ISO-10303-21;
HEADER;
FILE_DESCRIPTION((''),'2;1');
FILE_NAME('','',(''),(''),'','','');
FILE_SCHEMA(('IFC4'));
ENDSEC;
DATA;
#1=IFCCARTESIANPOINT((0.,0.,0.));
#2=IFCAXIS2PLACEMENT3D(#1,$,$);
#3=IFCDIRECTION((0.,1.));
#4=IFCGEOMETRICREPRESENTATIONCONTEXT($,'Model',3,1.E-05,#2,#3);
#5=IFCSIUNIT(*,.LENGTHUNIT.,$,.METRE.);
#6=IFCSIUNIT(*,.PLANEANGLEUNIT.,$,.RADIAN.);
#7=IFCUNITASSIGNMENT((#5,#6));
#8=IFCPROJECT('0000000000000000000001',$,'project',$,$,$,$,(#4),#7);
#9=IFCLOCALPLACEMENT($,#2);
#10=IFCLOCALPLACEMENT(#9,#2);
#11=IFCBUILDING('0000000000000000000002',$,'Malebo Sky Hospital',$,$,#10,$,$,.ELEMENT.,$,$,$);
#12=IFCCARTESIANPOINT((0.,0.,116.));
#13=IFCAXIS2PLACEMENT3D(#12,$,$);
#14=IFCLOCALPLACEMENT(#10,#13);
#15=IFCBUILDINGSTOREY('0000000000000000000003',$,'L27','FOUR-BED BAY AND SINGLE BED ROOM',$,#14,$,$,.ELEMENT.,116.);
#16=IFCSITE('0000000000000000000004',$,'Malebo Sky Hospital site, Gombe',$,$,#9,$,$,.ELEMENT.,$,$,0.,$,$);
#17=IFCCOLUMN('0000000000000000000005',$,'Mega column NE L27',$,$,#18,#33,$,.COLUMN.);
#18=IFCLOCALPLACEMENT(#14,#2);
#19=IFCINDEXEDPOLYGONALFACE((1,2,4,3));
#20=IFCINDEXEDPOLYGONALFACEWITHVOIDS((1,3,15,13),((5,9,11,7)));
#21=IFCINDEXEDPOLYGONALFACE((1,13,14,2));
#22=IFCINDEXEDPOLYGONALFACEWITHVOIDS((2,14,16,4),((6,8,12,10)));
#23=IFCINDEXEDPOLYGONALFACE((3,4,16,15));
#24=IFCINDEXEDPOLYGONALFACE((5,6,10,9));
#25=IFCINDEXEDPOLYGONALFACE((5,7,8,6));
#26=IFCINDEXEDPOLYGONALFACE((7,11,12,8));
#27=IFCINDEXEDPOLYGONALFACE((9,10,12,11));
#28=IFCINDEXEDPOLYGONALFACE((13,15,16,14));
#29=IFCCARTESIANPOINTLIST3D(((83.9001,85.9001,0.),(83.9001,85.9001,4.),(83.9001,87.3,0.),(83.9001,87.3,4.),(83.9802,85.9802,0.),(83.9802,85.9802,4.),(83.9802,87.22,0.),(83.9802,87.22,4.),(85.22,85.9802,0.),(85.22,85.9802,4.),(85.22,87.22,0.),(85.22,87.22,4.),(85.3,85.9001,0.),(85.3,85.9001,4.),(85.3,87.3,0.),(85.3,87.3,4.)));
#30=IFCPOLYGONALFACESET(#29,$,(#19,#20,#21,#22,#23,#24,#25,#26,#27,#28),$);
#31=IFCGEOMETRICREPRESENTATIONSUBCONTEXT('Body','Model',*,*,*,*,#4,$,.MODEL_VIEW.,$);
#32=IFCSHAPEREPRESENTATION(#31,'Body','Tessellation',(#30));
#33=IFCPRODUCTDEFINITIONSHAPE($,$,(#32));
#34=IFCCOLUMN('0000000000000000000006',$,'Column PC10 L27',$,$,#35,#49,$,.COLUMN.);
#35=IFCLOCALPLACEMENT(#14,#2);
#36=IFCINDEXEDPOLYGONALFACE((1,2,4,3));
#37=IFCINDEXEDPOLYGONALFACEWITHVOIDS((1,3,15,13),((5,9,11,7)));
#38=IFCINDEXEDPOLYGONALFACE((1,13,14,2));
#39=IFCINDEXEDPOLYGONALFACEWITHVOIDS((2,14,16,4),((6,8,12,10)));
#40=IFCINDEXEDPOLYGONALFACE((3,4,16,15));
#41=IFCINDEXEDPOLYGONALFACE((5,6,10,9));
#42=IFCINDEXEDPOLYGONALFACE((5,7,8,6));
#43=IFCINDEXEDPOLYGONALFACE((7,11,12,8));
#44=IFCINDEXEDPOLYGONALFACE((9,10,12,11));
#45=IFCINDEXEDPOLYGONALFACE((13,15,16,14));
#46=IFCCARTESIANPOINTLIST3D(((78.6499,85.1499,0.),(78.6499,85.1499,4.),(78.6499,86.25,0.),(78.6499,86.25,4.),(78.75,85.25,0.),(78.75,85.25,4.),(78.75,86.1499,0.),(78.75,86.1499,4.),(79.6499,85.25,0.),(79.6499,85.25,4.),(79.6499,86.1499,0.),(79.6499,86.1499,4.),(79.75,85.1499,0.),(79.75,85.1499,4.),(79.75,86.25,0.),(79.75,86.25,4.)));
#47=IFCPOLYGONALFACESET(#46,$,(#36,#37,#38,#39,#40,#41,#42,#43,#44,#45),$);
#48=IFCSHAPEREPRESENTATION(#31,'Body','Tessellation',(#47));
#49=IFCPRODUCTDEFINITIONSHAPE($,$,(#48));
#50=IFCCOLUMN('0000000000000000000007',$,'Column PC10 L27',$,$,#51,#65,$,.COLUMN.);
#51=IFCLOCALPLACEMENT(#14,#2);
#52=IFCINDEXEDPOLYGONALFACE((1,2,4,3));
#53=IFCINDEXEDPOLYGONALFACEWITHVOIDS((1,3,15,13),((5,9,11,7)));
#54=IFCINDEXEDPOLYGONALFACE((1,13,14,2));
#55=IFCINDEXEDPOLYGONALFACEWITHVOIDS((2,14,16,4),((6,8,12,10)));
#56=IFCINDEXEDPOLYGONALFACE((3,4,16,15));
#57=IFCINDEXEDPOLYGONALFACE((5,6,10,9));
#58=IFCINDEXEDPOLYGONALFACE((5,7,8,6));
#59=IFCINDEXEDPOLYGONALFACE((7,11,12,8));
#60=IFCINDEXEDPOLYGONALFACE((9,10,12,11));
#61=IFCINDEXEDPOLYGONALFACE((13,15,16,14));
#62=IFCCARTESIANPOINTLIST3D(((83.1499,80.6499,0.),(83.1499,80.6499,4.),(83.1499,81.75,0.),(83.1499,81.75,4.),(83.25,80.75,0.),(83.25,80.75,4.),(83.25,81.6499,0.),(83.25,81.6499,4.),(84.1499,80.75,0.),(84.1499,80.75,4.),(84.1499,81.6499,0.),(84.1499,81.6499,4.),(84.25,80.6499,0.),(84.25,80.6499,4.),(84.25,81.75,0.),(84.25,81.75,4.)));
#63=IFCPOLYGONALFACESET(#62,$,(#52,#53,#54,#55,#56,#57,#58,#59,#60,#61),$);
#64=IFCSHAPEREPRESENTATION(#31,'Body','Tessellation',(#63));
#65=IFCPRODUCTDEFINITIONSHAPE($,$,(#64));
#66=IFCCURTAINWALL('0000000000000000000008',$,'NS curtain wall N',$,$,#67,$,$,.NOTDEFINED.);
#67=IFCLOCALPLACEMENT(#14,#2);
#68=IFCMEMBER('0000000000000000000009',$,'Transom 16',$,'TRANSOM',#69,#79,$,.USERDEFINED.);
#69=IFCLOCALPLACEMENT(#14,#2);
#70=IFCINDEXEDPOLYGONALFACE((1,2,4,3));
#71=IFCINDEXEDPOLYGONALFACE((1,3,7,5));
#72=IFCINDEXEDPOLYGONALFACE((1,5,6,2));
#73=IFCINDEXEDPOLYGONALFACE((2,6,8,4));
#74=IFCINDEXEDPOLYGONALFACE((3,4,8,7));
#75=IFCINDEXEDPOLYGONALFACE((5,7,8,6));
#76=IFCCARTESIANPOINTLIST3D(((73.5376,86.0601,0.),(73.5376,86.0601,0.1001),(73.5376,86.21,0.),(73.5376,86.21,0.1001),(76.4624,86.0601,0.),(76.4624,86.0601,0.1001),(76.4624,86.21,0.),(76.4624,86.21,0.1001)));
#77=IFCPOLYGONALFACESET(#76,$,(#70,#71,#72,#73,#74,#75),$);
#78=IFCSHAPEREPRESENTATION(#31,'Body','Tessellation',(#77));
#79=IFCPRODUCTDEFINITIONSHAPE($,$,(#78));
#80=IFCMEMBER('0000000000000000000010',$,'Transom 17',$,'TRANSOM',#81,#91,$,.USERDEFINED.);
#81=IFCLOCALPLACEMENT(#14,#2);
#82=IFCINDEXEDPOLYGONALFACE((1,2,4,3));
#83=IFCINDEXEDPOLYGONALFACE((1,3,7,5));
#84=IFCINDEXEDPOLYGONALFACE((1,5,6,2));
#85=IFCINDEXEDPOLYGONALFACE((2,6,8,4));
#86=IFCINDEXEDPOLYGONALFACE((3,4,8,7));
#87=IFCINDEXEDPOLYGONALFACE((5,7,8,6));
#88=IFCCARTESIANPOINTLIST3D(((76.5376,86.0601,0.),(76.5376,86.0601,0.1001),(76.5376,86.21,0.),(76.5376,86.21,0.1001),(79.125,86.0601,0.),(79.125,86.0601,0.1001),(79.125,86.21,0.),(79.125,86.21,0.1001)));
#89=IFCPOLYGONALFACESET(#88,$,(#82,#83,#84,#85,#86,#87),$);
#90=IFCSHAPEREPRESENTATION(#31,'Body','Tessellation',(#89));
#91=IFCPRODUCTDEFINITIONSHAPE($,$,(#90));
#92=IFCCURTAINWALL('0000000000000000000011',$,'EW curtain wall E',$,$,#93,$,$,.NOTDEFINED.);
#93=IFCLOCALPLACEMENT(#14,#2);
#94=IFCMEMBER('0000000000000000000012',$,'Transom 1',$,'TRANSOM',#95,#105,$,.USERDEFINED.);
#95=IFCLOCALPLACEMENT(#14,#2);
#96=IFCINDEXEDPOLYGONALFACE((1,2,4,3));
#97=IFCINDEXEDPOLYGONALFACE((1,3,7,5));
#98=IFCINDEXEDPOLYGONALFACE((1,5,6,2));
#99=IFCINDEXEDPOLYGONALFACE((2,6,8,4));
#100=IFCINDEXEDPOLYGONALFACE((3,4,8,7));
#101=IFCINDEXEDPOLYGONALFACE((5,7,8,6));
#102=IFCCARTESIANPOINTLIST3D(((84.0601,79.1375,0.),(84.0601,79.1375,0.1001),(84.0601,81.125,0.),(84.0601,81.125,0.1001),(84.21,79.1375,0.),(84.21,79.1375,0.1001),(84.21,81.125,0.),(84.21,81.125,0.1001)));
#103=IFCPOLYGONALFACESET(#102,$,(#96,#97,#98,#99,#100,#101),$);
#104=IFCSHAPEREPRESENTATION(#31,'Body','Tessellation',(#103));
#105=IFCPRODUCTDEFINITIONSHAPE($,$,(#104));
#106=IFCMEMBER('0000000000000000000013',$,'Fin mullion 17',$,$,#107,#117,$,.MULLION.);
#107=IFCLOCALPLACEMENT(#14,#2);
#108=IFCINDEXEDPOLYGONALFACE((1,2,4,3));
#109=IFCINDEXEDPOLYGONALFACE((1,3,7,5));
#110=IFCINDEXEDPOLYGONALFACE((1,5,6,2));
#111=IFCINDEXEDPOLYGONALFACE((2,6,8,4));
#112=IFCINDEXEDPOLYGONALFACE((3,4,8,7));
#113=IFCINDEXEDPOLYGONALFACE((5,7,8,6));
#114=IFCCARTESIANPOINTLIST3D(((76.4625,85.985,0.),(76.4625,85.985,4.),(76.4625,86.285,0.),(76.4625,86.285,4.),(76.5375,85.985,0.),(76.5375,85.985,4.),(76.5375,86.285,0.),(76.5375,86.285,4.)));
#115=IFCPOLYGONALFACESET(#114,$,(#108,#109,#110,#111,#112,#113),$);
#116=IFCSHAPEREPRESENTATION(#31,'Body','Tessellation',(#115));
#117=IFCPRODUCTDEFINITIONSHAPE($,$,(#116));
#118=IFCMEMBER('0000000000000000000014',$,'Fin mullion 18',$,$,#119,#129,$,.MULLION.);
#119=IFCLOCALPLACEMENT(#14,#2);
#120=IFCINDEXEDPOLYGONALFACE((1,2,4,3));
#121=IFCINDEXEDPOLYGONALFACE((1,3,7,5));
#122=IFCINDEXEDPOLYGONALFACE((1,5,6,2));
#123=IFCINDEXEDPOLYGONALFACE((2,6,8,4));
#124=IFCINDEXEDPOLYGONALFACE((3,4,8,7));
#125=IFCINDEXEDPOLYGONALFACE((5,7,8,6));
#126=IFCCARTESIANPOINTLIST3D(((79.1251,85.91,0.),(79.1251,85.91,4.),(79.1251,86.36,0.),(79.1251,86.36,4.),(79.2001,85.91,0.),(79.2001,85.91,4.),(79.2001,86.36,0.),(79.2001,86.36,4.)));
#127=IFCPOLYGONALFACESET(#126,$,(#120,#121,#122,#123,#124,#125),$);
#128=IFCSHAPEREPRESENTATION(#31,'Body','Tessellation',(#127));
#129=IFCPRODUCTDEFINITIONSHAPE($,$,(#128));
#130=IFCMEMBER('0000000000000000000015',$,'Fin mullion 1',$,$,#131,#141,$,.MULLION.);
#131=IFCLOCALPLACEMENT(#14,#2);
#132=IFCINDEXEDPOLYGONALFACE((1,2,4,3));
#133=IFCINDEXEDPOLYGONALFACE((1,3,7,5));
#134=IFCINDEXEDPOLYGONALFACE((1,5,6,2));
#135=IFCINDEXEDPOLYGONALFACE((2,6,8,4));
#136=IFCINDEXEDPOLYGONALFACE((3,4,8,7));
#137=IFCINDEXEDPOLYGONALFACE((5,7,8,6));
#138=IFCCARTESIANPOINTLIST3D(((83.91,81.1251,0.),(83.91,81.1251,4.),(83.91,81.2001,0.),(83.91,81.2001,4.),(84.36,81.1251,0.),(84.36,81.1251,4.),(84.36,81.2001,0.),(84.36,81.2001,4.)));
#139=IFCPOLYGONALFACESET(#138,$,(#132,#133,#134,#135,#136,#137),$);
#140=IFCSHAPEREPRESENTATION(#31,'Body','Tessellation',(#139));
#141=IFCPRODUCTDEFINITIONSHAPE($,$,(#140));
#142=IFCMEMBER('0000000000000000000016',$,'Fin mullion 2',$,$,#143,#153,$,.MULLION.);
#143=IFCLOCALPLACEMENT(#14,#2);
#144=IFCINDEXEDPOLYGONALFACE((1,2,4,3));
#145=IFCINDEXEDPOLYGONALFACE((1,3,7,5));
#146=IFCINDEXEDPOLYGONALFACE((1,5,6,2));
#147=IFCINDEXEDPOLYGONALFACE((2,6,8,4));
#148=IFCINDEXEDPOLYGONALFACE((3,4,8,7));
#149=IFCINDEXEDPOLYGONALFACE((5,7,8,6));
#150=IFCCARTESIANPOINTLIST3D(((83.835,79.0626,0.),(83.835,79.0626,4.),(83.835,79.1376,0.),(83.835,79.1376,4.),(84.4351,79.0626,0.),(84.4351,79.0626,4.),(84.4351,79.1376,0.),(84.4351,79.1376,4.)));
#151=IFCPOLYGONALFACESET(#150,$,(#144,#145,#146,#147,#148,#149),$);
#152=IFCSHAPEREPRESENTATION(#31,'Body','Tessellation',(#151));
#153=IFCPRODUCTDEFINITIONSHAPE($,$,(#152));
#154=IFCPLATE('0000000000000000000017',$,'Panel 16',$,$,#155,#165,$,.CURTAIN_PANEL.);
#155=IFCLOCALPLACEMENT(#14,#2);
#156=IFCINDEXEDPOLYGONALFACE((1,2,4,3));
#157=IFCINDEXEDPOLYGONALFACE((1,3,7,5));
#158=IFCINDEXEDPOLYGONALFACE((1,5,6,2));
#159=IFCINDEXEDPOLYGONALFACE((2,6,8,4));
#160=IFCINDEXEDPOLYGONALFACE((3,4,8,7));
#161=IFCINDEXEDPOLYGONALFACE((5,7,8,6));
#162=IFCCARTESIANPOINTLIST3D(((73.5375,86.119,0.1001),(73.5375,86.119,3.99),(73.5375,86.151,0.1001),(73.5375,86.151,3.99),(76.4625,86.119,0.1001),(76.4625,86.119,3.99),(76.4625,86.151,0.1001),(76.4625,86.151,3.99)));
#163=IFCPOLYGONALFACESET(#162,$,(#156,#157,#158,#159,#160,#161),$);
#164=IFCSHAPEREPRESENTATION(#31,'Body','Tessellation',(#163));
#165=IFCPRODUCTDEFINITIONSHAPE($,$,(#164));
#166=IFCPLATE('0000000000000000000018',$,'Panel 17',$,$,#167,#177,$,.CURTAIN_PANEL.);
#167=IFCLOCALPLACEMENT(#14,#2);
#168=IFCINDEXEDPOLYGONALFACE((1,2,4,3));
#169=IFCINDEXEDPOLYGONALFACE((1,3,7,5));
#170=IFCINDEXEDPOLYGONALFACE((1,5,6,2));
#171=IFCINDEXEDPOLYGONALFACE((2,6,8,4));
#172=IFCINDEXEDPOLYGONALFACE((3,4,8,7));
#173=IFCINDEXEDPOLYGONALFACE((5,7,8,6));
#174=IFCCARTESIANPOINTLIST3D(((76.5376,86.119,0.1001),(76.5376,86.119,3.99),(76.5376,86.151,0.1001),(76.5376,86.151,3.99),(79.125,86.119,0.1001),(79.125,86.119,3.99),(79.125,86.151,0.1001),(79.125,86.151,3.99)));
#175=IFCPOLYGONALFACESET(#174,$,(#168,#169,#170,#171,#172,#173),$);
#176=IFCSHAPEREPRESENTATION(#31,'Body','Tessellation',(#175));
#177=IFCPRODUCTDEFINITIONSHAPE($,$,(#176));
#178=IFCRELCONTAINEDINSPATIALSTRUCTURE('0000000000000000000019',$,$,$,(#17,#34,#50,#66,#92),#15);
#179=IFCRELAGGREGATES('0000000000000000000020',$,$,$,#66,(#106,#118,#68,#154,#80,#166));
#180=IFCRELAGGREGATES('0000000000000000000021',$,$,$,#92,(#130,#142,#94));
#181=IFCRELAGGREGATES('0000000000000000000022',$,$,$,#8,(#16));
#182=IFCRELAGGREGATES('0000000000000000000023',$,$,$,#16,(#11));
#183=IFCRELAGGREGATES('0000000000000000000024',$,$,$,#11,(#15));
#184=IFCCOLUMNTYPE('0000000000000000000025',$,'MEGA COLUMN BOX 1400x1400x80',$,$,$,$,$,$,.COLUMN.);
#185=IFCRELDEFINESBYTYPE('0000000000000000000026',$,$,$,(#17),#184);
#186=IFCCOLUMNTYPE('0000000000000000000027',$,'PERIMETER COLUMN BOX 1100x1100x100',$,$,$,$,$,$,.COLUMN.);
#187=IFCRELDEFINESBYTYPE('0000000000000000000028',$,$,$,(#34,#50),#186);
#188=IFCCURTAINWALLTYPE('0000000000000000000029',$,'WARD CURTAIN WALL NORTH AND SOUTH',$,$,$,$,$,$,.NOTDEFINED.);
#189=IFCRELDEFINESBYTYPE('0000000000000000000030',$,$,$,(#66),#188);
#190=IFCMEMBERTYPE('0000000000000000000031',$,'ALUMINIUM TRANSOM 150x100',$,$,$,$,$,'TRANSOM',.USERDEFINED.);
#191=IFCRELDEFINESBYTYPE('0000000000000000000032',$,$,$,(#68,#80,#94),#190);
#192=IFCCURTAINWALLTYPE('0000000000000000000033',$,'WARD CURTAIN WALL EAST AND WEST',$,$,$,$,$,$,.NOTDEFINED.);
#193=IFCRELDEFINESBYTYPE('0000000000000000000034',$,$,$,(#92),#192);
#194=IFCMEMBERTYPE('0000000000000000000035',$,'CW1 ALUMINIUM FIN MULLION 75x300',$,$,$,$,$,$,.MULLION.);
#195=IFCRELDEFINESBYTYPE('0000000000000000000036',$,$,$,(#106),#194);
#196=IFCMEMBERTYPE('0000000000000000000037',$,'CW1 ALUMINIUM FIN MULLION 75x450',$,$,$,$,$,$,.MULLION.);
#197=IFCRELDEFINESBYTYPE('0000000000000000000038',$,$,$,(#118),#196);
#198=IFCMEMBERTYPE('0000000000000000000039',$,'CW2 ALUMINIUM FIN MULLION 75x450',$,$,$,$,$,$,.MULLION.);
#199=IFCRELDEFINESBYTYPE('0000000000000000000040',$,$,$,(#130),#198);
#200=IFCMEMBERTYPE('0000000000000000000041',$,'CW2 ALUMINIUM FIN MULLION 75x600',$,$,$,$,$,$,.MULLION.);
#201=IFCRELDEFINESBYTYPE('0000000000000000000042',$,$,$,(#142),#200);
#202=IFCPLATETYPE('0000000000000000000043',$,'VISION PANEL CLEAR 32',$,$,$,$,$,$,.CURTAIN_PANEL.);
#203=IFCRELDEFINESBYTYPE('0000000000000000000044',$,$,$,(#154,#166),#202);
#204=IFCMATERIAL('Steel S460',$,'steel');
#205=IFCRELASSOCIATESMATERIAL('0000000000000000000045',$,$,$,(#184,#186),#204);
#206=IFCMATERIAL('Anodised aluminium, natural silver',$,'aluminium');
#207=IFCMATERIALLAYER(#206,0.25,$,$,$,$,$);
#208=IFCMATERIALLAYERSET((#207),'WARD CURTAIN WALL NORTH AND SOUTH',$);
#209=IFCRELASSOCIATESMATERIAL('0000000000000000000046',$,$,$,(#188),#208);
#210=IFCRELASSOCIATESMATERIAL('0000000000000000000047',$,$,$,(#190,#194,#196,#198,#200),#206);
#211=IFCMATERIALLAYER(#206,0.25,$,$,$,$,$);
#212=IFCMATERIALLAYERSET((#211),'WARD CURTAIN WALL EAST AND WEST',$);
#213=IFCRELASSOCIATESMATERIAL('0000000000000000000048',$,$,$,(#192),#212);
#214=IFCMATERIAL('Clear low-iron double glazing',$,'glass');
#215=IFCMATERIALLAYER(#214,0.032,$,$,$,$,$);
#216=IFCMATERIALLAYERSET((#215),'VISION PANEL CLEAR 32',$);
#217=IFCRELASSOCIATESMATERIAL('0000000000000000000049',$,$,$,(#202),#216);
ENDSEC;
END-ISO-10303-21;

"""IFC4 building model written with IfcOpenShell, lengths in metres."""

from ifc_helpers import new_model, si_unit, direction, frame, origin, origin_2d, place, context, subcontext, project, spatial, rectangle, hollow_rectangle, extrude, material, layer, layer_set, material_profile, profile_set, type_object, element, aggregate, save


model = new_model("IFC4")

# Units and contexts
model_context = context("Model", 3, precision=1e-05, world=origin(), true_north=direction((0.0, 1.0)))
body_context = subcontext(model_context, "Body", "Model", "MODEL_VIEW")
ifc_project = project(units=[si_unit("LENGTHUNIT", "METRE"), si_unit("PLANEANGLEUNIT", "RADIAN")], contexts=[model_context])

# Site, building, storey
site_placement = place(None, origin())
site = spatial("IfcSite", under=ifc_project, at=site_placement, Name="Malebo Sky Hospital site, Gombe", CompositionType="ELEMENT", RefElevation=0.0)
building_placement = place(site_placement, origin())
building = spatial("IfcBuilding", under=site, at=building_placement, Name="Malebo Sky Hospital", CompositionType="ELEMENT")
storey_placement = place(building_placement, frame((0.0, 0.0, 116.0)))
storey = spatial("IfcBuildingStorey", under=building, at=storey_placement, Name="L27", Description="FOUR-BED BAY AND SINGLE BED ROOM", CompositionType="ELEMENT", Elevation=116.0)

# Columns
ifc_material_1 = material(Name="Steel S460", Category="steel")
ifc_material_profile_1 = material_profile(ifc_material_1, hollow_rectangle(XDim=1.3999, YDim=1.3999, WallThickness=0.0801, at=origin_2d()), Name="BOX 1400x1400x80")
ifc_profile_set_1 = profile_set([ifc_material_profile_1], Name="Steel S460")
column_type_1 = type_object("IfcColumnType", Name="MEGA COLUMN BOX 1400x1400x80", PredefinedType="COLUMN", material=ifc_profile_set_1)
column_placement = place(storey_placement, frame((84.6001, 86.6001, 0.0), z_axis=(0.0, 0.0, 1.0), x_axis=(1.0, 0.0, 0.0)))
element("IfcColumn", 1, at=column_placement, inside=storey, type_object=column_type_1, Name="Mega column NE L27", PredefinedType="COLUMN", context=body_context, shape_type="SweptSolid", body=[
    extrude(hollow_rectangle(XDim=1.3999, YDim=1.3999, WallThickness=0.0801, at=origin_2d()), origin(), (0.0, 0.0, 1.0), 4.0),
])
ifc_material_profile_2 = material_profile(ifc_material_1, hollow_rectangle(XDim=1.1001, YDim=1.1001, WallThickness=0.1001, at=origin_2d()), Name="BOX 1100x1100x100")
ifc_profile_set_2 = profile_set([ifc_material_profile_2], Name="Steel S460")
column_type_2 = type_object("IfcColumnType", Name="PERIMETER COLUMN BOX 1100x1100x100", PredefinedType="COLUMN", material=ifc_profile_set_2)
for number, where, z_axis, x_axis, name in (
    (2, (79.2, 85.7, 0.0), (0.0, 0.0, 1.0), (1.0, 0.0, 0.0), "Column PC10 L27"),
    (3, (83.7, 81.2, 0.0), (0.0, 0.0, 1.0), (1.0, 0.0, 0.0), "Column PC10 L27"),
):
    element("IfcColumn", number, at=place(storey_placement, frame(where, z_axis=z_axis, x_axis=x_axis)), inside=storey, type_object=column_type_2, Name=name, PredefinedType="COLUMN", context=body_context, shape_type="SweptSolid", body=[
        extrude(hollow_rectangle(XDim=1.1001, YDim=1.1001, WallThickness=0.1001, at=origin_2d()), origin(), (0.0, 0.0, 1.0), 4.0),
    ])

# Curtain wall, members
ifc_material_2 = material(Name="Anodised aluminium, natural silver", Category="aluminium")
ifc_layer_1 = layer(ifc_material_2, 0.25)
ifc_layer_set_1 = layer_set([ifc_layer_1], Name="WARD CURTAIN WALL NORTH AND SOUTH")
curtain_wall_type_1 = type_object("IfcCurtainWallType", Name="WARD CURTAIN WALL NORTH AND SOUTH", PredefinedType="NOTDEFINED", material=ifc_layer_set_1)
curtain_wall_1_placement = place(storey_placement, origin())
curtain_wall_1 = element("IfcCurtainWall", 4, at=curtain_wall_1_placement, inside=storey, type_object=curtain_wall_type_1, Name="NS curtain wall N", PredefinedType="NOTDEFINED")
ifc_material_profile_3 = material_profile(ifc_material_2, rectangle(XDim=0.1499, YDim=0.1001, at=origin_2d()), Name="ALUMINIUM TRANSOM 150x100")
ifc_profile_set_3 = profile_set([ifc_material_profile_3], Name="Anodised aluminium, natural silver")
member_type_1 = type_object("IfcMemberType", Name="ALUMINIUM TRANSOM 150x100", ElementType="TRANSOM", PredefinedType="USERDEFINED", material=ifc_profile_set_3)
member_1_placement = place(storey_placement, frame((73.5376, 86.135, 0.05), z_axis=(1.0, 0.0, 0.0), x_axis=(0.0, 1.0, 0.0)))
member_1 = element("IfcMember", 5, at=member_1_placement, type_object=member_type_1, Name="Transom 16", ObjectType="TRANSOM", PredefinedType="USERDEFINED", context=body_context, shape_type="SweptSolid", body=[
    extrude(rectangle(XDim=0.1499, YDim=0.1001, at=origin_2d()), origin(), (0.0, 0.0, 1.0), 2.9248),
])
member_2_placement = place(storey_placement, frame((76.5376, 86.135, 0.05), z_axis=(1.0, 0.0, 0.0), x_axis=(0.0, 1.0, 0.0)))
member_2 = element("IfcMember", 6, at=member_2_placement, type_object=member_type_1, Name="Transom 17", ObjectType="TRANSOM", PredefinedType="USERDEFINED", context=body_context, shape_type="SweptSolid", body=[
    extrude(rectangle(XDim=0.1499, YDim=0.1001, at=origin_2d()), origin(), (0.0, 0.0, 1.0), 2.5874),
])

# Curtain wall, member
ifc_layer_2 = layer(ifc_material_2, 0.25)
ifc_layer_set_2 = layer_set([ifc_layer_2], Name="WARD CURTAIN WALL EAST AND WEST")
curtain_wall_type_2 = type_object("IfcCurtainWallType", Name="WARD CURTAIN WALL EAST AND WEST", PredefinedType="NOTDEFINED", material=ifc_layer_set_2)
curtain_wall_2_placement = place(storey_placement, origin())
curtain_wall_2 = element("IfcCurtainWall", 7, at=curtain_wall_2_placement, inside=storey, type_object=curtain_wall_type_2, Name="EW curtain wall E", PredefinedType="NOTDEFINED")
member_3_placement = place(storey_placement, frame((84.135, 81.125, 0.05), z_axis=(0.0, -1.0, 0.0), x_axis=(1.0, 0.0, 0.0)))
member_3 = element("IfcMember", 8, at=member_3_placement, type_object=member_type_1, Name="Transom 1", ObjectType="TRANSOM", PredefinedType="USERDEFINED", context=body_context, shape_type="SweptSolid", body=[
    extrude(rectangle(XDim=0.1499, YDim=0.1001, at=origin_2d()), origin(), (0.0, 0.0, 1.0), 1.9875),
])

# Members
ifc_material_profile_4 = material_profile(ifc_material_2, rectangle(XDim=0.075, YDim=0.3, at=origin_2d()), Name="CW1 ALUMINIUM FIN MULLION 75x300")
ifc_profile_set_4 = profile_set([ifc_material_profile_4], Name="Anodised aluminium, natural silver")
member_type_2 = type_object("IfcMemberType", Name="CW1 ALUMINIUM FIN MULLION 75x300", PredefinedType="MULLION", material=ifc_profile_set_4)
member_4_placement = place(storey_placement, frame((76.5, 86.135, 0.0), z_axis=(0.0, 0.0, 1.0), x_axis=(1.0, 0.0, 0.0)))
member_4 = element("IfcMember", 9, at=member_4_placement, type_object=member_type_2, Name="Fin mullion 17", PredefinedType="MULLION", context=body_context, shape_type="SweptSolid", body=[
    extrude(rectangle(XDim=0.075, YDim=0.3, at=origin_2d()), origin(), (0.0, 0.0, 1.0), 4.0),
])
ifc_material_profile_5 = material_profile(ifc_material_2, rectangle(XDim=0.075, YDim=0.45, at=origin_2d()), Name="CW1 ALUMINIUM FIN MULLION 75x450")
ifc_profile_set_5 = profile_set([ifc_material_profile_5], Name="Anodised aluminium, natural silver")
member_type_3 = type_object("IfcMemberType", Name="CW1 ALUMINIUM FIN MULLION 75x450", PredefinedType="MULLION", material=ifc_profile_set_5)
member_5_placement = place(storey_placement, frame((79.1626, 86.135, 0.0), z_axis=(0.0, 0.0, 1.0), x_axis=(1.0, 0.0, 0.0)))
member_5 = element("IfcMember", 10, at=member_5_placement, type_object=member_type_3, Name="Fin mullion 18", PredefinedType="MULLION", context=body_context, shape_type="SweptSolid", body=[
    extrude(rectangle(XDim=0.075, YDim=0.45, at=origin_2d()), origin(), (0.0, 0.0, 1.0), 4.0),
])
ifc_material_profile_6 = material_profile(ifc_material_2, rectangle(XDim=0.075, YDim=0.45, at=origin_2d()), Name="CW2 ALUMINIUM FIN MULLION 75x450")
ifc_profile_set_6 = profile_set([ifc_material_profile_6], Name="Anodised aluminium, natural silver")
member_type_4 = type_object("IfcMemberType", Name="CW2 ALUMINIUM FIN MULLION 75x450", PredefinedType="MULLION", material=ifc_profile_set_6)
member_6_placement = place(storey_placement, frame((84.135, 81.1626, 0.0), z_axis=(0.0, 0.0, 1.0), x_axis=(0.0, -1.0, 0.0)))
member_6 = element("IfcMember", 11, at=member_6_placement, type_object=member_type_4, Name="Fin mullion 1", PredefinedType="MULLION", context=body_context, shape_type="SweptSolid", body=[
    extrude(rectangle(XDim=0.075, YDim=0.45, at=origin_2d()), origin(), (0.0, 0.0, 1.0), 4.0),
])
ifc_material_profile_7 = material_profile(ifc_material_2, rectangle(XDim=0.075, YDim=0.6001, at=origin_2d()), Name="CW2 ALUMINIUM FIN MULLION 75x600")
ifc_profile_set_7 = profile_set([ifc_material_profile_7], Name="Anodised aluminium, natural silver")
member_type_5 = type_object("IfcMemberType", Name="CW2 ALUMINIUM FIN MULLION 75x600", PredefinedType="MULLION", material=ifc_profile_set_7)
member_7_placement = place(storey_placement, frame((84.135, 79.1001, 0.0), z_axis=(0.0, 0.0, 1.0), x_axis=(0.0, -1.0, 0.0)))
member_7 = element("IfcMember", 12, at=member_7_placement, type_object=member_type_5, Name="Fin mullion 2", PredefinedType="MULLION", context=body_context, shape_type="SweptSolid", body=[
    extrude(rectangle(XDim=0.075, YDim=0.6001, at=origin_2d()), origin(), (0.0, 0.0, 1.0), 4.0),
])

# Plates
ifc_material_3 = material(Name="Clear low-iron double glazing", Category="glass")
ifc_layer_3 = layer(ifc_material_3, 0.032)
ifc_layer_set_3 = layer_set([ifc_layer_3], Name="VISION PANEL CLEAR 32")
plate_type = type_object("IfcPlateType", Name="VISION PANEL CLEAR 32", PredefinedType="CURTAIN_PANEL", material=ifc_layer_set_3)
plate_1_placement = place(storey_placement, frame((75.0, 86.135, 0.1001), z_axis=(0.0, 0.0, 1.0), x_axis=(1.0, 0.0, 0.0)))
plate_1 = element("IfcPlate", 13, at=plate_1_placement, type_object=plate_type, Name="Panel 16", PredefinedType="CURTAIN_PANEL", context=body_context, shape_type="SweptSolid", body=[
    extrude(rectangle(XDim=2.925, YDim=0.032, at=origin_2d()), origin(), (0.0, 0.0, 1.0), 3.8899),
])
plate_2_placement = place(storey_placement, frame((77.8313, 86.135, 0.1001), z_axis=(0.0, 0.0, 1.0), x_axis=(1.0, 0.0, 0.0)))
plate_2 = element("IfcPlate", 14, at=plate_2_placement, type_object=plate_type, Name="Panel 17", PredefinedType="CURTAIN_PANEL", context=body_context, shape_type="SweptSolid", body=[
    extrude(rectangle(XDim=2.5874, YDim=0.032, at=origin_2d()), origin(), (0.0, 0.0, 1.0), 3.8899),
])
aggregate(curtain_wall_1, [member_4, member_5, member_1, plate_1, member_2, plate_2])
aggregate(curtain_wall_2, [member_6, member_7, member_3])

save(model, "model.ifc")
